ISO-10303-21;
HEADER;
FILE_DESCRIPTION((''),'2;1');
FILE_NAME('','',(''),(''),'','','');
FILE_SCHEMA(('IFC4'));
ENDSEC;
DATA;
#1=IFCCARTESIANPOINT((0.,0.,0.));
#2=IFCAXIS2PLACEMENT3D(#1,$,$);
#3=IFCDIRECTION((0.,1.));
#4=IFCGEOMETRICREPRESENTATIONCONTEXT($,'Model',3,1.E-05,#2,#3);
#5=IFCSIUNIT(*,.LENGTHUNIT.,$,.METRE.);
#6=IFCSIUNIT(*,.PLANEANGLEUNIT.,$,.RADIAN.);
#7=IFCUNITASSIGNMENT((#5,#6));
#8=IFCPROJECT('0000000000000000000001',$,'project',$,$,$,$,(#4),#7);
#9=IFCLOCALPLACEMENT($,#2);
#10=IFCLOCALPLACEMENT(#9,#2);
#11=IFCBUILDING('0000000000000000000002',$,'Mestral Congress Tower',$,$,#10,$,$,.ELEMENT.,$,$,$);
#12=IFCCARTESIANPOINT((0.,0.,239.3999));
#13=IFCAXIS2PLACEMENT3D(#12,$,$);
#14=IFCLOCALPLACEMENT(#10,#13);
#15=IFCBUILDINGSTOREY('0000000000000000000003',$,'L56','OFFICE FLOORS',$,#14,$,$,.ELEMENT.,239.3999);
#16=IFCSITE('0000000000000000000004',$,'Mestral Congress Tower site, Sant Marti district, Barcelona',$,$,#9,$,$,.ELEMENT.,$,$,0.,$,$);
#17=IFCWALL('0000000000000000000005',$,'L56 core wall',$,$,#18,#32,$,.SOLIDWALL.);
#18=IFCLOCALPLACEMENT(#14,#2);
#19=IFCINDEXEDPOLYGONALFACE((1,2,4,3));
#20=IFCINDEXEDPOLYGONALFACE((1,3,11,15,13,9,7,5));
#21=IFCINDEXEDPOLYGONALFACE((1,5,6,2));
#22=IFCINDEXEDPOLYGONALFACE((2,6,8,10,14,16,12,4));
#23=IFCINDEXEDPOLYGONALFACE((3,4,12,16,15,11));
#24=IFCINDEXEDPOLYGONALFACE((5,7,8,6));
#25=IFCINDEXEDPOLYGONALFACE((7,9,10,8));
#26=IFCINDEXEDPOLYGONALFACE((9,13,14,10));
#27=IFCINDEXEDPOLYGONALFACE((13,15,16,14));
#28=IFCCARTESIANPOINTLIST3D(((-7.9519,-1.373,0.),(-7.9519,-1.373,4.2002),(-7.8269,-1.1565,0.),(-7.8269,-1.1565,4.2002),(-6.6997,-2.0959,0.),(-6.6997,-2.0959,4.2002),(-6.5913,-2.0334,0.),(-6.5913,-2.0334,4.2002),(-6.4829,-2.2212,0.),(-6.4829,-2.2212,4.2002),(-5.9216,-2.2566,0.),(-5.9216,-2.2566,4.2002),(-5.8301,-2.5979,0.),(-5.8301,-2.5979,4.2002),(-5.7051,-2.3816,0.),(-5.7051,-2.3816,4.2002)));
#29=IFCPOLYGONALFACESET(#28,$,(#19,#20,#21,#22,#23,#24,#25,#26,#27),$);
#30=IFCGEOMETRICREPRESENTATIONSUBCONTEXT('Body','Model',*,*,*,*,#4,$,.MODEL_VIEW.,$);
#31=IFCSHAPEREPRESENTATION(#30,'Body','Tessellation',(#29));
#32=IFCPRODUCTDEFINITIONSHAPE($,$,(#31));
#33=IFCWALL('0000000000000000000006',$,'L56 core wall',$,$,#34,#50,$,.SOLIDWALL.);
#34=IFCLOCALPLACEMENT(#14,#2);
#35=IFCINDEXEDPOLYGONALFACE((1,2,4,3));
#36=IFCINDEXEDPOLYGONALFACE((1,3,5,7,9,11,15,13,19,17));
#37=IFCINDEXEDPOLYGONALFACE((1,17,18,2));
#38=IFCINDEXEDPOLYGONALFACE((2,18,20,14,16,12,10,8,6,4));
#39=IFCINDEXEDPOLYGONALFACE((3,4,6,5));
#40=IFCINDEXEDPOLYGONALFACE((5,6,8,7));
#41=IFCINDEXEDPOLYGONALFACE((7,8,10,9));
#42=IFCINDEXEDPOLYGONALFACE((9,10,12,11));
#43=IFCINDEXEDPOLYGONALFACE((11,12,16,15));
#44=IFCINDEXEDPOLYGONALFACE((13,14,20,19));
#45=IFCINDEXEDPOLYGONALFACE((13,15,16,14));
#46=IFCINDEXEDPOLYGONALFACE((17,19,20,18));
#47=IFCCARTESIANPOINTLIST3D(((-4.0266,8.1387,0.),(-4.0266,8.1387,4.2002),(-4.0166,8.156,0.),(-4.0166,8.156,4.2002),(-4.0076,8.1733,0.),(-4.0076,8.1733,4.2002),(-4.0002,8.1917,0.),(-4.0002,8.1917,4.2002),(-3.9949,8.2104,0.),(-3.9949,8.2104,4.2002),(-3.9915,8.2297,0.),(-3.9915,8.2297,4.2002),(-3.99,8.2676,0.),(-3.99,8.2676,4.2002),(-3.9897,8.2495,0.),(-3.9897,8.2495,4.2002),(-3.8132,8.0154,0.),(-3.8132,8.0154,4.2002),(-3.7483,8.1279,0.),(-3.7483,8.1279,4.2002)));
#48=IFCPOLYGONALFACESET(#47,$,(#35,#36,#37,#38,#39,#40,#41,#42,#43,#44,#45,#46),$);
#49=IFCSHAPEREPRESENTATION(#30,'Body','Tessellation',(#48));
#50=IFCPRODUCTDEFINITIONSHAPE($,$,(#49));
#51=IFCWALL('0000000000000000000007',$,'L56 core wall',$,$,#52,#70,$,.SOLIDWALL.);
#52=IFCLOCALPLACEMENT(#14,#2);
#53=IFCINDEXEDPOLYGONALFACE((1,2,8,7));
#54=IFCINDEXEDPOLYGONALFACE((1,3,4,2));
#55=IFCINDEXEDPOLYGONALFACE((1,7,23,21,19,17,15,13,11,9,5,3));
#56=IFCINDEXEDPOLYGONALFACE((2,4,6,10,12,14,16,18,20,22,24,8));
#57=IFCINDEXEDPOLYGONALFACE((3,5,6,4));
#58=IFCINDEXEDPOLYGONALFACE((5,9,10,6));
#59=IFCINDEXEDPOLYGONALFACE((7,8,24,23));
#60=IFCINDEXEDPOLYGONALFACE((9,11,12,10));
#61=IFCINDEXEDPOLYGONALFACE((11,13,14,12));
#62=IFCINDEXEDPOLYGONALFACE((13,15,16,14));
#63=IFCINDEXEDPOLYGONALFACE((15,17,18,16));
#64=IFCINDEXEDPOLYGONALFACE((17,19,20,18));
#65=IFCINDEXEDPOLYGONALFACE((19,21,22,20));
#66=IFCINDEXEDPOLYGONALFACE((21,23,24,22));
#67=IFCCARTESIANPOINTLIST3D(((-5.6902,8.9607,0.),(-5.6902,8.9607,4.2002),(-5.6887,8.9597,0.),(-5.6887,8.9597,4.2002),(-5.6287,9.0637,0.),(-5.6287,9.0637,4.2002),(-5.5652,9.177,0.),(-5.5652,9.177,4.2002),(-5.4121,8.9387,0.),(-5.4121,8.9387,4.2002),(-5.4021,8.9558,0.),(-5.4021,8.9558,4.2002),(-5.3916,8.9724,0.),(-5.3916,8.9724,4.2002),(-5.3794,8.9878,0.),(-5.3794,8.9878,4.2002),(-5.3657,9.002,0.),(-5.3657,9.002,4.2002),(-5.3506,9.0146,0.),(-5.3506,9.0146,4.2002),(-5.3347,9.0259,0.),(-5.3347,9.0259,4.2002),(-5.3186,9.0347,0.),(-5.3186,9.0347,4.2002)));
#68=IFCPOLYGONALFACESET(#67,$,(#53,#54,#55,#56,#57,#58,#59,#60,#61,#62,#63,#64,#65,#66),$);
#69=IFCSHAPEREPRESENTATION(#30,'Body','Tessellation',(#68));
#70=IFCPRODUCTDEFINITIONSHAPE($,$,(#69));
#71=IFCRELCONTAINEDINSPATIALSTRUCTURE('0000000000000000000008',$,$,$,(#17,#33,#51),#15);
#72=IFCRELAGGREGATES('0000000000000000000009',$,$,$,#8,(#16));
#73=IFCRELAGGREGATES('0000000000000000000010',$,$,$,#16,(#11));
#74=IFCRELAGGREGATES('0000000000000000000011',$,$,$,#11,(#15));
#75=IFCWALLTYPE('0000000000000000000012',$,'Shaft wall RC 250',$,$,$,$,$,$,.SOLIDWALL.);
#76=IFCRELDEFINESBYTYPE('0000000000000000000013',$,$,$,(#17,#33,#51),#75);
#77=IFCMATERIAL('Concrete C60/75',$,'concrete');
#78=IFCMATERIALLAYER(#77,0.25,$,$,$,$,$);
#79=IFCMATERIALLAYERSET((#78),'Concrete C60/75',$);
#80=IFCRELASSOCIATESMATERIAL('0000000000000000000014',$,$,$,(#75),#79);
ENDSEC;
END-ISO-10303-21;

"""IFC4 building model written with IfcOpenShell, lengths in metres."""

from ifc_helpers import new_model, si_unit, direction, frame, origin, place, context, subcontext, project, spatial, polyline, outline, extrude, material, layer, layer_set, type_object, element, save


model = new_model("IFC4")

# Units and contexts
model_context = context("Model", 3, precision=1e-05, world=origin(), true_north=direction((0.0, 1.0)))
body_context = subcontext(model_context, "Body", "Model", "MODEL_VIEW")
ifc_project = project(units=[si_unit("LENGTHUNIT", "METRE"), si_unit("PLANEANGLEUNIT", "RADIAN")], contexts=[model_context])

# Site, building, storey
site_placement = place(None, origin())
site = spatial("IfcSite", under=ifc_project, at=site_placement, Name="Mestral Congress Tower site, Sant Marti district, Barcelona", CompositionType="ELEMENT", RefElevation=0.0)
building_placement = place(site_placement, origin())
building = spatial("IfcBuilding", under=site, at=building_placement, Name="Mestral Congress Tower", CompositionType="ELEMENT")
storey_placement = place(building_placement, frame((0.0, 0.0, 239.3999)))
storey = spatial("IfcBuildingStorey", under=building, at=storey_placement, Name="L56", Description="OFFICE FLOORS", CompositionType="ELEMENT", Elevation=239.3999)

# Walls
ifc_material_1 = material(Name="Concrete C60/75", Category="concrete")
placement = place(storey_placement, origin())
ifc_layer_1 = layer(ifc_material_1, 0.25)
ifc_layer_set_1 = layer_set([ifc_layer_1], Name="Concrete C60/75")
wall_type_1 = type_object("IfcWallType", Name="Shaft wall RC 250", PredefinedType="SOLIDWALL", material=ifc_layer_set_1)
element("IfcWall", 1, at=placement, inside=storey, type_object=wall_type_1, Name="L56 core wall", PredefinedType="SOLIDWALL", context=body_context, shape_type="SweptSolid", body=[
    extrude(outline(polyline([(-5.9216, -2.2566), (-5.9216, -2.2566), (-5.7051, -2.3816), (-5.8301, -2.5979), (-6.4829, -2.2212), (-6.5913, -2.0334), (-6.5913, -2.0334), (-6.6997, -2.0959), (-7.9519, -1.373), (-7.8269, -1.1565), (-5.9216, -2.2566)])), origin(), (0.0, 0.0, 1.0), 4.2002),
])
element("IfcWall", 2, at=placement, inside=storey, type_object=wall_type_1, Name="L56 core wall", PredefinedType="SOLIDWALL", context=body_context, shape_type="SweptSolid", body=[
    extrude(outline(polyline([(-3.7483, 8.1279), (-3.8132, 8.0154), (-4.0266, 8.1387), (-4.0166, 8.156), (-4.0076, 8.1733), (-4.0002, 8.1917), (-3.9949, 8.2104), (-3.9915, 8.2297), (-3.9897, 8.2495), (-3.99, 8.2676), (-3.7483, 8.1279)])), origin(), (0.0, 0.0, 1.0), 4.2002),
])
element("IfcWall", 3, at=placement, inside=storey, type_object=wall_type_1, Name="L56 core wall", PredefinedType="SOLIDWALL", context=body_context, shape_type="SweptSolid", body=[
    extrude(outline(polyline([(-5.6887, 8.9597), (-5.6902, 8.9607), (-5.5652, 9.177), (-5.3186, 9.0347), (-5.3347, 9.0259), (-5.3506, 9.0146), (-5.3657, 9.002), (-5.3794, 8.9878), (-5.3916, 8.9724), (-5.4021, 8.9558), (-5.4121, 8.9387), (-5.6287, 9.0637), (-5.6287, 9.0637), (-5.6887, 8.9597)])), origin(), (0.0, 0.0, 1.0), 4.2002),
])

save(model, "model.ifc")
